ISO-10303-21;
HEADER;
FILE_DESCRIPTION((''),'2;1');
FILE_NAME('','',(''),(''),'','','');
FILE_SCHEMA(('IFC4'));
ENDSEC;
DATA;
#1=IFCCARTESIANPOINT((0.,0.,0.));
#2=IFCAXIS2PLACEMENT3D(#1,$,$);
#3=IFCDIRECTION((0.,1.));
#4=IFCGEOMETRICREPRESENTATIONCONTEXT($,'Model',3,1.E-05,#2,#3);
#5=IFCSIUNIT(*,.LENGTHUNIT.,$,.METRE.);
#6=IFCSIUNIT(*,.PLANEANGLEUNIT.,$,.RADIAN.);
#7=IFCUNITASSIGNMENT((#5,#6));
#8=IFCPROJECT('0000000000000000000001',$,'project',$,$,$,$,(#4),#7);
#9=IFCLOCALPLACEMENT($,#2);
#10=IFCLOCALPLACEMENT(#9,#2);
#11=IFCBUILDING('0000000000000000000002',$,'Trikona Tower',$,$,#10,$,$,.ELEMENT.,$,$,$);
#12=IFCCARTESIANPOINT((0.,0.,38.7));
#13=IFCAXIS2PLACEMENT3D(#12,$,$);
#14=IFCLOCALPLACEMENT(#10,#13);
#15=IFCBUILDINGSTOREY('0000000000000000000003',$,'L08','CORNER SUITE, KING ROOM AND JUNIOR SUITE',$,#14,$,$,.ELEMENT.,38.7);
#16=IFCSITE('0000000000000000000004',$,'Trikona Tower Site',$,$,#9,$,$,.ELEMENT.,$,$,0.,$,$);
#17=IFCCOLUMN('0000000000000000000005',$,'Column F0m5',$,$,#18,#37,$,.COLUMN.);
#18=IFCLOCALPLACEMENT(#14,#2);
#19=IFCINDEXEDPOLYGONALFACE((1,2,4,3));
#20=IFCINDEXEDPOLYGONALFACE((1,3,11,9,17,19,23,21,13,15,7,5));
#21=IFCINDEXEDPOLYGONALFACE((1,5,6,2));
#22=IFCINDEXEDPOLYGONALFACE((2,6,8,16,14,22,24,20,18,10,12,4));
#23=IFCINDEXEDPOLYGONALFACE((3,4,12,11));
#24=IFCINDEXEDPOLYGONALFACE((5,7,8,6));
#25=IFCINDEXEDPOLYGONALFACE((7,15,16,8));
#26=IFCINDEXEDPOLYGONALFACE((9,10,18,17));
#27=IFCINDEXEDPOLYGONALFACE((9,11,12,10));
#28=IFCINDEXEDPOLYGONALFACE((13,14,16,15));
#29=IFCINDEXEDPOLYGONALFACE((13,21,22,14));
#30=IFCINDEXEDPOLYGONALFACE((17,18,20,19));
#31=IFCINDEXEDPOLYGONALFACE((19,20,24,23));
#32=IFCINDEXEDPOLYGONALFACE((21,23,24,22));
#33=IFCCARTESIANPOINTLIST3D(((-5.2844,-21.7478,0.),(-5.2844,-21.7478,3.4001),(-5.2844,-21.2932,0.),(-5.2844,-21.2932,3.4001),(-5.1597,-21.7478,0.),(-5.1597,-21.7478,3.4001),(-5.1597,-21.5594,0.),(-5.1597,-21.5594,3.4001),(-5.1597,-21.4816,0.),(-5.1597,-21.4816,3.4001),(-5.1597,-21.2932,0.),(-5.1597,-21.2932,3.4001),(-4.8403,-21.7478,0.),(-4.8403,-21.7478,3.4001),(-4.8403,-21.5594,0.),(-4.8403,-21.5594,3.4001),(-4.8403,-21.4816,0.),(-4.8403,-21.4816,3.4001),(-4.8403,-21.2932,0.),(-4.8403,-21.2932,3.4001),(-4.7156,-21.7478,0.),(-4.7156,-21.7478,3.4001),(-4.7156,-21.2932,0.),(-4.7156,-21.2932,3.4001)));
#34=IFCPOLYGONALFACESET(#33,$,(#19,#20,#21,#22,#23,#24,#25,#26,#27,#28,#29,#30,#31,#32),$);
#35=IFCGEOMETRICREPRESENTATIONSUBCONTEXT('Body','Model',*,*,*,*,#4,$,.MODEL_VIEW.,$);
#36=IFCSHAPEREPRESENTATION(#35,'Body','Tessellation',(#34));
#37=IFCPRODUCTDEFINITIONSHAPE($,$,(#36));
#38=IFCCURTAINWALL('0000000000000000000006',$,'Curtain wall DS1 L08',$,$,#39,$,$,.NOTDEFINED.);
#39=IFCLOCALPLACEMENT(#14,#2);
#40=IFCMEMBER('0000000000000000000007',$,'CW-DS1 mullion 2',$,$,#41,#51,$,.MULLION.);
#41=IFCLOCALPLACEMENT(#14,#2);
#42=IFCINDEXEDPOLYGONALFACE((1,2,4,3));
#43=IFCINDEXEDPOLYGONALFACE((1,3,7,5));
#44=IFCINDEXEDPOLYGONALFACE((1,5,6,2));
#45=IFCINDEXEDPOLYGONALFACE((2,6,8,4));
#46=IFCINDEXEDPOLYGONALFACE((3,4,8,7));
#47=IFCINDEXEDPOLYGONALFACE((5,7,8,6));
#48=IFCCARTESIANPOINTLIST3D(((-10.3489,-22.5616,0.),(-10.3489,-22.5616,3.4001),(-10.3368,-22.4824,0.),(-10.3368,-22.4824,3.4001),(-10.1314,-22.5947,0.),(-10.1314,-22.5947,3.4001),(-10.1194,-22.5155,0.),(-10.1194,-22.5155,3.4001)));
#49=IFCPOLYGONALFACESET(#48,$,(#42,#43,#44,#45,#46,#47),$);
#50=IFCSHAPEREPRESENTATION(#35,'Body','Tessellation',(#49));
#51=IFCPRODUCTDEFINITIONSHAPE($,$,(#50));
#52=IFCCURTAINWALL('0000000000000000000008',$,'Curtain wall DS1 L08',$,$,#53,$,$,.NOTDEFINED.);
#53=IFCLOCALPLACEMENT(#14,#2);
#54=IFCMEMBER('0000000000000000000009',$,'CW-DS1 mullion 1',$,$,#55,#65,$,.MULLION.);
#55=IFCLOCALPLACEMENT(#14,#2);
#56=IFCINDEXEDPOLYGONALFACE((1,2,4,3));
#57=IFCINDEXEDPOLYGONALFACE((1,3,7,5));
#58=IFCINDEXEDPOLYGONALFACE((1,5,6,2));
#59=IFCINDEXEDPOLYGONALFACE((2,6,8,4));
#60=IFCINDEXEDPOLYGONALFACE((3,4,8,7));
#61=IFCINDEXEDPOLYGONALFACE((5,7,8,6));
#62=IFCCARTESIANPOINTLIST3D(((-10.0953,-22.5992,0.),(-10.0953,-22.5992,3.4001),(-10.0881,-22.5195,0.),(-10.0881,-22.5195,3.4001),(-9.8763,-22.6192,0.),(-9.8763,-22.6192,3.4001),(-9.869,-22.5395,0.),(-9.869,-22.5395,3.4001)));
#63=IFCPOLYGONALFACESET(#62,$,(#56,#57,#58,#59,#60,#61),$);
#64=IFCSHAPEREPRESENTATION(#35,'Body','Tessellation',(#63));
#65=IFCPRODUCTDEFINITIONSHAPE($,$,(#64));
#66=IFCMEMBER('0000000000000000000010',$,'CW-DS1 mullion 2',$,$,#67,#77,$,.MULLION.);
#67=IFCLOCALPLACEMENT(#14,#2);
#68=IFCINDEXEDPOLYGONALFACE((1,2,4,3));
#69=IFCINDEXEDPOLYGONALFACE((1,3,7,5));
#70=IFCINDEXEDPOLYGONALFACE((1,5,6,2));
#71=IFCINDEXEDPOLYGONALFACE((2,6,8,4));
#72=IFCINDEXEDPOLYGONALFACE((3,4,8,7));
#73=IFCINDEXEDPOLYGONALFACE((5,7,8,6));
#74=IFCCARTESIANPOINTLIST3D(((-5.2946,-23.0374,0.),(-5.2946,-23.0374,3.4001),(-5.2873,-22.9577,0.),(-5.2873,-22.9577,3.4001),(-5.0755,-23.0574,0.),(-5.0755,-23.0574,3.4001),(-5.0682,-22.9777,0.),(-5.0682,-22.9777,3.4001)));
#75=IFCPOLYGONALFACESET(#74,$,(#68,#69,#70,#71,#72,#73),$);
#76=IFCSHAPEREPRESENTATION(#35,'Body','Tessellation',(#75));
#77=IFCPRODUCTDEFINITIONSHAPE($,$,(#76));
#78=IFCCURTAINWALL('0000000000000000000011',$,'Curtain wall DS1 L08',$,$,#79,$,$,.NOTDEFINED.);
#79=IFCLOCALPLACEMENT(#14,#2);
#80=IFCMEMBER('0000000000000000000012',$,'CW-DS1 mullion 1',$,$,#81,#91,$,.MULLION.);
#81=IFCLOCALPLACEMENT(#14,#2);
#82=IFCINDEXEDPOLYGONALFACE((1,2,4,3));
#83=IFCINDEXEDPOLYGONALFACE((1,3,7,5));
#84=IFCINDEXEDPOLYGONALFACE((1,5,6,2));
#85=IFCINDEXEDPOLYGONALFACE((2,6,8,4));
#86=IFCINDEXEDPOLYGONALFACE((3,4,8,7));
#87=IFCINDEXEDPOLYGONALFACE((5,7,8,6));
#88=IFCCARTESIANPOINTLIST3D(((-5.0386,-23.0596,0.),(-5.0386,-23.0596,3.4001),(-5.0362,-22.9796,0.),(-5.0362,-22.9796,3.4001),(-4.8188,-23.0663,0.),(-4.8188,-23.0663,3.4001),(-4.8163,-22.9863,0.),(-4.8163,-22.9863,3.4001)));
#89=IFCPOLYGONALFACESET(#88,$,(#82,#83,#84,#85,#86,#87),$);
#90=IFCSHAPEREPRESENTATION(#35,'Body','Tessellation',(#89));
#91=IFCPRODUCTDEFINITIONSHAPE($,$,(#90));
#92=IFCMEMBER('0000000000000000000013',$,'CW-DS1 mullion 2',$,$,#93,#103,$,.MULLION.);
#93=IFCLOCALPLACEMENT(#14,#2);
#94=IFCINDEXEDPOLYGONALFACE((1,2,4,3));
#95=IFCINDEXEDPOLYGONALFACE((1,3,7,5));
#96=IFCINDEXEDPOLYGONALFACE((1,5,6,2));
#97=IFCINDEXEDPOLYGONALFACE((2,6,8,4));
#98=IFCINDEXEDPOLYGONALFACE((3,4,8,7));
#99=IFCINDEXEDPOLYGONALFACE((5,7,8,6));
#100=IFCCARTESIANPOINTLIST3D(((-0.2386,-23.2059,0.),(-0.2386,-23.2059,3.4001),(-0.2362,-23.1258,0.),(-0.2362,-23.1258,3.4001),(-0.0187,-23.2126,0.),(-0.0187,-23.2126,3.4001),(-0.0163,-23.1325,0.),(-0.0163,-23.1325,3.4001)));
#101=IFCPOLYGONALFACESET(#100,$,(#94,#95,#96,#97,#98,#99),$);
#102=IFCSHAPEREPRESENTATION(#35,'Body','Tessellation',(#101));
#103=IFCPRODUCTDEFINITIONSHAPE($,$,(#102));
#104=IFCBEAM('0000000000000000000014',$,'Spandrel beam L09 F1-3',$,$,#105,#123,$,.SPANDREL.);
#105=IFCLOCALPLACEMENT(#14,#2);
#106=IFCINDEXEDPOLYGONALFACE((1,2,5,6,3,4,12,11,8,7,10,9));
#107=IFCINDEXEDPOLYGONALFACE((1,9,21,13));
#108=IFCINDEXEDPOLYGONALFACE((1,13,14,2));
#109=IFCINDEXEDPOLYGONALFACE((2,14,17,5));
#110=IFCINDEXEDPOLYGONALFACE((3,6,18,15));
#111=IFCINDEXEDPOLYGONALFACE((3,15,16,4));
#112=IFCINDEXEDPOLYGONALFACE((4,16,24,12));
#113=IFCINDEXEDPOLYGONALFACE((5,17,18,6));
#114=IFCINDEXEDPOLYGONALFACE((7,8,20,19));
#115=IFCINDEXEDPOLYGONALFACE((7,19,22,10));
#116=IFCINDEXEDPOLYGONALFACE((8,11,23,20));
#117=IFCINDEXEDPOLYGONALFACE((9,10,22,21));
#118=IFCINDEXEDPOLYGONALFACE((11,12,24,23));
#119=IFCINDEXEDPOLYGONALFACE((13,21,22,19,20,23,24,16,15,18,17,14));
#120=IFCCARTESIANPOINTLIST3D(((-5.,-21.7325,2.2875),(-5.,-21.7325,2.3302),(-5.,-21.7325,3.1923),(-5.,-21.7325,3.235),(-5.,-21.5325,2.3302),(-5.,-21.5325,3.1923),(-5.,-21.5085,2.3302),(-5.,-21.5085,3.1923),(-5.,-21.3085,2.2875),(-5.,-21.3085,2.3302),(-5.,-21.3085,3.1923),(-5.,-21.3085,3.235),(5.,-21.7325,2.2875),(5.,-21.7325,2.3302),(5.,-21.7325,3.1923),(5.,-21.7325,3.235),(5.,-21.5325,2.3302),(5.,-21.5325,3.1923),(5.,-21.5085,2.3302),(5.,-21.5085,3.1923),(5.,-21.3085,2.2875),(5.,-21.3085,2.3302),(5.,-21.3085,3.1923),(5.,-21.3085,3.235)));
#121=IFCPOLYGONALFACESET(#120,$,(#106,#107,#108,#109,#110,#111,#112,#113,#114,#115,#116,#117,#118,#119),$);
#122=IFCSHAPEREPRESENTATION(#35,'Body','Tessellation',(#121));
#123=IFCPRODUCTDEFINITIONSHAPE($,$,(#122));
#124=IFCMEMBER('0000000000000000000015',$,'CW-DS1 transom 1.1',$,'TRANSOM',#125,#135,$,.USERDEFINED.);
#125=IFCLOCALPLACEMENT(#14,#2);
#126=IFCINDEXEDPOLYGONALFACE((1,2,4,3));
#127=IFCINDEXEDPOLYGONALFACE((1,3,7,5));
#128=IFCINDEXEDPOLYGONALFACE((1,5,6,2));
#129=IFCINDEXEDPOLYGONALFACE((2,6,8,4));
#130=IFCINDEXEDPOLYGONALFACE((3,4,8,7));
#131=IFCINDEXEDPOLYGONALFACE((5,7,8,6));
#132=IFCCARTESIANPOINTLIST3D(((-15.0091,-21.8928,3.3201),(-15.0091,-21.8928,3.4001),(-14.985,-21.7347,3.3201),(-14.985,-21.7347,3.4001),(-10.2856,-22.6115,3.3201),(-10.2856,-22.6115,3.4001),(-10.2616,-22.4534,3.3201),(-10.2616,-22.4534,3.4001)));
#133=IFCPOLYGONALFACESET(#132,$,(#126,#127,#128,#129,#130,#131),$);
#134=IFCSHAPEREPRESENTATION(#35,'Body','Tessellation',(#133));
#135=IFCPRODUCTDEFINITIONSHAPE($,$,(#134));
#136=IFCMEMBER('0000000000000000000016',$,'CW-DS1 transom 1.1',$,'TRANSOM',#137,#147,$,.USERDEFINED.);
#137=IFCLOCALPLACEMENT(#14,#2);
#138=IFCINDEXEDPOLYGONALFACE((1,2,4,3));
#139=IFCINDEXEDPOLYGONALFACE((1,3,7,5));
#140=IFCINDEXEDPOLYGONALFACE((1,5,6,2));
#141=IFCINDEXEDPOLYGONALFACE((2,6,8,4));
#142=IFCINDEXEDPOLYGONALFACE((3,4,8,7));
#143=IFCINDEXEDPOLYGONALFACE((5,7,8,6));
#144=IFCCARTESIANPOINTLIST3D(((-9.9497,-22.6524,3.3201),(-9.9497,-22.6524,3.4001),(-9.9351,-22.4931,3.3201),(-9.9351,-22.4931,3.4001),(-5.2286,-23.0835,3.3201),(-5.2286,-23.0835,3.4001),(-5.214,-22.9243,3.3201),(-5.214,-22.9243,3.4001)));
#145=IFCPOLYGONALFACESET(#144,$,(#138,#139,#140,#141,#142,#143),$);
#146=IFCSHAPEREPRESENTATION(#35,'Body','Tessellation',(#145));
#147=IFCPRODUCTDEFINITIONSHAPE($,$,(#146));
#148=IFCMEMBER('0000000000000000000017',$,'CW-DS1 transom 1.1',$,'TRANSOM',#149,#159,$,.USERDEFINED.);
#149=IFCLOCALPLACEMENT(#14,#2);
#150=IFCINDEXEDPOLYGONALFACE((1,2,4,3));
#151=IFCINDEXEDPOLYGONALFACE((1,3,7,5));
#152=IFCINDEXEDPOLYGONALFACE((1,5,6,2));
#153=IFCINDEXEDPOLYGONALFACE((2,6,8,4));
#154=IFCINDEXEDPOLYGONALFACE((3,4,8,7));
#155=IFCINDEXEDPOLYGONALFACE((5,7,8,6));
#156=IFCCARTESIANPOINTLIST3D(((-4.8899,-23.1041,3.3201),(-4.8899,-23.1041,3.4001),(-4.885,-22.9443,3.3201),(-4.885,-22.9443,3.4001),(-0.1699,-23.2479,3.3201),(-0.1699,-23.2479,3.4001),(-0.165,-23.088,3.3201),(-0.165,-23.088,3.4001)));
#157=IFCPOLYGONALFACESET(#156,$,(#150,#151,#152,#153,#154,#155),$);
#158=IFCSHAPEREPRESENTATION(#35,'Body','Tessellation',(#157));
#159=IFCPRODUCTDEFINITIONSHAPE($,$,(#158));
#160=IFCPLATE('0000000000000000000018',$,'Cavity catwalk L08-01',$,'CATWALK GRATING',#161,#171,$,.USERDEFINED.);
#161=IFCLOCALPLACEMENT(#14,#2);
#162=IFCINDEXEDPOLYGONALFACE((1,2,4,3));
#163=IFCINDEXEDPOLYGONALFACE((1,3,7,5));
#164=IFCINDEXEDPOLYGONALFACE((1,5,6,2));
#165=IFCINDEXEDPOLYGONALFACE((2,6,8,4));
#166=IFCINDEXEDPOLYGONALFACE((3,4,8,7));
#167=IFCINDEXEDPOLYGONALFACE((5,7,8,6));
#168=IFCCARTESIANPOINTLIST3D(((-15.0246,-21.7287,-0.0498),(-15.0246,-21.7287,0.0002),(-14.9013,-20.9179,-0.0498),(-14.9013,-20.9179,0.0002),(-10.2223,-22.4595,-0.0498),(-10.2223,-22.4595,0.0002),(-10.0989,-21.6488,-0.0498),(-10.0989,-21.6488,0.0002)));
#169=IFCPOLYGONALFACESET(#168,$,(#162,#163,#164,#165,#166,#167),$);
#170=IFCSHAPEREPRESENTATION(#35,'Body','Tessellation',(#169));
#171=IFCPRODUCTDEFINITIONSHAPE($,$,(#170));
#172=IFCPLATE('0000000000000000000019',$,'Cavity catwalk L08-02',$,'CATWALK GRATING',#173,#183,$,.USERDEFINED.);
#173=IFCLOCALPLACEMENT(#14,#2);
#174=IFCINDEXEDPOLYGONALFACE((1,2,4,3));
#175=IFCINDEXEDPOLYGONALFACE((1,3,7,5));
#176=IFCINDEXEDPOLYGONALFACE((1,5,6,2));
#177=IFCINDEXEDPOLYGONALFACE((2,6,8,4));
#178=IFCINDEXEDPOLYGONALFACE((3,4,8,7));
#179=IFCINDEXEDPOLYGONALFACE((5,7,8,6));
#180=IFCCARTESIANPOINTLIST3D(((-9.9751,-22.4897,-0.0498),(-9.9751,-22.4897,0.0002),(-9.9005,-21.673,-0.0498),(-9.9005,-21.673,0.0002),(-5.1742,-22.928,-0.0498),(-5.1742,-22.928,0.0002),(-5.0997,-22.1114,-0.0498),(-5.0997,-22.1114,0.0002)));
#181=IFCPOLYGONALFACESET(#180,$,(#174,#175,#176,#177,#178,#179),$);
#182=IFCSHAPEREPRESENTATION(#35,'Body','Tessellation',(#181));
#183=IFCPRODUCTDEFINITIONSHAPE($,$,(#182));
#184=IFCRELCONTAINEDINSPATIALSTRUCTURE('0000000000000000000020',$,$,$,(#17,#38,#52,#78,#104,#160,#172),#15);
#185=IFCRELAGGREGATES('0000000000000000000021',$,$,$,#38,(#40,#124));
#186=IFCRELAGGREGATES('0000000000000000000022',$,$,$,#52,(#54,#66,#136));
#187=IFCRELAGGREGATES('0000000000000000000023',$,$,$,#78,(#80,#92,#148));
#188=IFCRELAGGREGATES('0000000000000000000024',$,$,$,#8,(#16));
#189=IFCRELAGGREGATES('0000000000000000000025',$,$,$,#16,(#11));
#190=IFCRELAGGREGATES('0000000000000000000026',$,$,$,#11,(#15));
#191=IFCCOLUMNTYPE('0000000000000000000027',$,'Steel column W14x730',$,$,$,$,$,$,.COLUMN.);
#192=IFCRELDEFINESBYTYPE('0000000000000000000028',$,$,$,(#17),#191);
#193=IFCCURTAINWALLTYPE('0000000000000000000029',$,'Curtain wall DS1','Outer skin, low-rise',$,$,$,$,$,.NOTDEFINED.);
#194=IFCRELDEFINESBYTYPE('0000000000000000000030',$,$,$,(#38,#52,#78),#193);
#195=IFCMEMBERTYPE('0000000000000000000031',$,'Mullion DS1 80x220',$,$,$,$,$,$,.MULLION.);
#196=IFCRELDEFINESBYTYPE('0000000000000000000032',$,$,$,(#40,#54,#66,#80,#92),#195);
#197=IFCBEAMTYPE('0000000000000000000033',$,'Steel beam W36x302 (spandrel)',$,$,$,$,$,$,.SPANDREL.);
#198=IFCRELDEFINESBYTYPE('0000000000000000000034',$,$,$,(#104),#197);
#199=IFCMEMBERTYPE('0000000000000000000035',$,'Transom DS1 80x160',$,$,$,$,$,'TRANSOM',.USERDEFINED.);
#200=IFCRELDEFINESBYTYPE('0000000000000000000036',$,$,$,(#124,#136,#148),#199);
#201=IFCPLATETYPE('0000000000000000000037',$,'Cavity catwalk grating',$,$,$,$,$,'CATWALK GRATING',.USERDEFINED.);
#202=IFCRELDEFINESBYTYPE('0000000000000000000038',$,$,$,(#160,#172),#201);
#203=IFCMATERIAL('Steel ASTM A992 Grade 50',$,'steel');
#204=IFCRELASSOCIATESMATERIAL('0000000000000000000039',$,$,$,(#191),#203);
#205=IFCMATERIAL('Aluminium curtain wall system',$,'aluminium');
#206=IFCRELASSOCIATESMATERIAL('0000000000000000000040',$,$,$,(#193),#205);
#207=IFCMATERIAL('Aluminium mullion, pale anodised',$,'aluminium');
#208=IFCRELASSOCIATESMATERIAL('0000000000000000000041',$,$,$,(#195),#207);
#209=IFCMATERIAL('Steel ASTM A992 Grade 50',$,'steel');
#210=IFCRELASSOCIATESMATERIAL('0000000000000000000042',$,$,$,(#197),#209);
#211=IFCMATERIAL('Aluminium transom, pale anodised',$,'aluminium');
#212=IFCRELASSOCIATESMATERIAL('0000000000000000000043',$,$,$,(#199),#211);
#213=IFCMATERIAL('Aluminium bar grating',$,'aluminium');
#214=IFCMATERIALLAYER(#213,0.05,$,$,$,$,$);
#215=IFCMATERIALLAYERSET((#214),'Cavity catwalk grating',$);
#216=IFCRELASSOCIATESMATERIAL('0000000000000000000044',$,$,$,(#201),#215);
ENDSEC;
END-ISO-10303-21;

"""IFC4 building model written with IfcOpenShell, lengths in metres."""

from ifc_helpers import new_model, si_unit, direction, frame, origin, origin_2d, place, context, subcontext, project, spatial, rectangle, i_section, extrude, material, layer, layer_set, material_profile, profile_set, type_object, element, aggregate, save


model = new_model("IFC4")

# Units and contexts
model_context = context("Model", 3, precision=1e-05, world=origin(), true_north=direction((0.0, 1.0)))
body_context = subcontext(model_context, "Body", "Model", "MODEL_VIEW")
ifc_project = project(units=[si_unit("LENGTHUNIT", "METRE"), si_unit("PLANEANGLEUNIT", "RADIAN")], contexts=[model_context])

# Site, building, storey
site_placement = place(None, origin())
site = spatial("IfcSite", under=ifc_project, at=site_placement, Name="Trikona Tower Site", CompositionType="ELEMENT", RefElevation=0.0)
building_placement = place(site_placement, origin())
building = spatial("IfcBuilding", under=site, at=building_placement, Name="Trikona Tower", CompositionType="ELEMENT")
storey_placement = place(building_placement, frame((0.0, 0.0, 38.7)))
storey = spatial("IfcBuildingStorey", under=building, at=storey_placement, Name="L08", Description="CORNER SUITE, KING ROOM AND JUNIOR SUITE", CompositionType="ELEMENT", Elevation=38.7)

# Column
ifc_material_1 = material(Name="Steel ASTM A992 Grade 50", Category="steel")
ifc_material_profile_1 = material_profile(ifc_material_1, i_section(OverallWidth=0.4546, OverallDepth=0.5688, WebThickness=0.0779, FlangeThickness=0.1248, at=origin_2d()), Name="W14X730")
ifc_profile_set_1 = profile_set([ifc_material_profile_1], Name="Steel ASTM A992 Grade 50")
column_type = type_object("IfcColumnType", Name="Steel column W14x730", PredefinedType="COLUMN", material=ifc_profile_set_1)
column_placement = place(storey_placement, frame((-5.0, -21.5205, 0.0), z_axis=(0.0, 0.0, 1.0), x_axis=(0.0, -1.0, 0.0)))
element("IfcColumn", 1, at=column_placement, inside=storey, type_object=column_type, Name="Column F0m5", PredefinedType="COLUMN", context=body_context, shape_type="SweptSolid", body=[
    extrude(i_section(OverallWidth=0.4546, OverallDepth=0.5688, WebThickness=0.0779, FlangeThickness=0.1248, at=origin_2d()), origin(), (0.0, 0.0, 1.0), 3.4001),
])

# Curtain wall, member
ifc_material_2 = material(Name="Aluminium curtain wall system", Category="aluminium")
curtain_wall_type = type_object("IfcCurtainWallType", Name="Curtain wall DS1", Description="Outer skin, low-rise", PredefinedType="NOTDEFINED", material=ifc_material_2)
curtain_wall_1_placement = place(storey_placement, origin())
curtain_wall_1 = element("IfcCurtainWall", 2, at=curtain_wall_1_placement, inside=storey, type_object=curtain_wall_type, Name="Curtain wall DS1 L08", PredefinedType="NOTDEFINED")
ifc_material_3 = material(Name="Aluminium mullion, pale anodised", Category="aluminium")
ifc_material_profile_2 = material_profile(ifc_material_3, rectangle(XDim=0.0801, YDim=0.22, at=origin_2d()), Name="MUL-DS1")
ifc_profile_set_2 = profile_set([ifc_material_profile_2], Name="Aluminium mullion, pale anodised")
member_type_1 = type_object("IfcMemberType", Name="Mullion DS1 80x220", PredefinedType="MULLION", material=ifc_profile_set_2)
member_1_placement = place(storey_placement, frame((-10.2341, -22.5386, 0.0), z_axis=(0.0, 0.0, 1.0), x_axis=(0.150438, 0.988619, 0.0)))
member_1 = element("IfcMember", 3, at=member_1_placement, type_object=member_type_1, Name="CW-DS1 mullion 2", PredefinedType="MULLION", context=body_context, shape_type="SweptSolid", body=[
    extrude(rectangle(XDim=0.0801, YDim=0.22, at=origin_2d()), origin(), (0.0, 0.0, 1.0), 3.4001),
])

# Curtain walls, members
curtain_wall_2_placement = place(storey_placement, origin())
curtain_wall_2 = element("IfcCurtainWall", 4, at=curtain_wall_2_placement, inside=storey, type_object=curtain_wall_type, Name="Curtain wall DS1 L08", PredefinedType="NOTDEFINED")
member_2_placement = place(storey_placement, frame((-9.9822, -22.5693, 0.0), z_axis=(0.0, 0.0, 1.0), x_axis=(0.090924, 0.995858, 0.0)))
member_2 = element("IfcMember", 5, at=member_2_placement, type_object=member_type_1, Name="CW-DS1 mullion 1", PredefinedType="MULLION", context=body_context, shape_type="SweptSolid", body=[
    extrude(rectangle(XDim=0.0801, YDim=0.22, at=origin_2d()), origin(), (0.0, 0.0, 1.0), 3.4001),
])
member_3_placement = place(storey_placement, frame((-5.1814, -23.0076, 0.0), z_axis=(0.0, 0.0, 1.0), x_axis=(0.090924, 0.995858, 0.0)))
member_3 = element("IfcMember", 6, at=member_3_placement, type_object=member_type_1, Name="CW-DS1 mullion 2", PredefinedType="MULLION", context=body_context, shape_type="SweptSolid", body=[
    extrude(rectangle(XDim=0.0801, YDim=0.22, at=origin_2d()), origin(), (0.0, 0.0, 1.0), 3.4001),
])
curtain_wall_3_placement = place(storey_placement, origin())
curtain_wall_3 = element("IfcCurtainWall", 7, at=curtain_wall_3_placement, inside=storey, type_object=curtain_wall_type, Name="Curtain wall DS1 L08", PredefinedType="NOTDEFINED")
member_4_placement = place(storey_placement, frame((-4.9275, -23.0229, 0.0), z_axis=(0.0, 0.0, 1.0), x_axis=(0.030437, 0.999537, 0.0)))
member_4 = element("IfcMember", 8, at=member_4_placement, type_object=member_type_1, Name="CW-DS1 mullion 1", PredefinedType="MULLION", context=body_context, shape_type="SweptSolid", body=[
    extrude(rectangle(XDim=0.0801, YDim=0.22, at=origin_2d()), origin(), (0.0, 0.0, 1.0), 3.4001),
])
member_5_placement = place(storey_placement, frame((-0.1274, -23.1692, 0.0), z_axis=(0.0, 0.0, 1.0), x_axis=(0.030437, 0.999537, 0.0)))
member_5 = element("IfcMember", 9, at=member_5_placement, type_object=member_type_1, Name="CW-DS1 mullion 2", PredefinedType="MULLION", context=body_context, shape_type="SweptSolid", body=[
    extrude(rectangle(XDim=0.0801, YDim=0.22, at=origin_2d()), origin(), (0.0, 0.0, 1.0), 3.4001),
])

# Beam
ifc_material_4 = material(Name="Steel ASTM A992 Grade 50", Category="steel")
ifc_material_profile_3 = material_profile(ifc_material_4, i_section(OverallWidth=0.4241, OverallDepth=0.9475, WebThickness=0.0239, FlangeThickness=0.0427, at=origin_2d()), Name="W36X302")
ifc_profile_set_3 = profile_set([ifc_material_profile_3], Name="Steel ASTM A992 Grade 50")
beam_type = type_object("IfcBeamType", Name="Steel beam W36x302 (spandrel)", PredefinedType="SPANDREL", material=ifc_profile_set_3)
beam_placement = place(storey_placement, frame((-5.0, -21.5205, 2.7612), z_axis=(1.0, 0.0, 0.0), x_axis=(0.0, 1.0, 0.0)))
element("IfcBeam", 10, at=beam_placement, inside=storey, type_object=beam_type, Name="Spandrel beam L09 F1-3", PredefinedType="SPANDREL", context=body_context, shape_type="SweptSolid", body=[
    extrude(i_section(OverallWidth=0.4241, OverallDepth=0.9475, WebThickness=0.0239, FlangeThickness=0.0427, at=origin_2d()), origin(), (0.0, 0.0, 1.0), 10.0),
])

# Members
ifc_material_5 = material(Name="Aluminium transom, pale anodised", Category="aluminium")
ifc_material_profile_4 = material_profile(ifc_material_5, rectangle(XDim=0.1599, YDim=0.0801, at=origin_2d()), Name="TRN-DS1")
ifc_profile_set_4 = profile_set([ifc_material_profile_4], Name="Aluminium transom, pale anodised")
member_type_2 = type_object("IfcMemberType", Name="Transom DS1 80x160", ElementType="TRANSOM", PredefinedType="USERDEFINED", material=ifc_profile_set_4)
member_6_placement = place(storey_placement, frame((-14.9971, -21.8137, 3.3601), z_axis=(0.98862, -0.150437, 0.0), x_axis=(0.150437, 0.98862, 0.0)))
member_6 = element("IfcMember", 11, at=member_6_placement, type_object=member_type_2, Name="CW-DS1 transom 1.1", ObjectType="TRANSOM", PredefinedType="USERDEFINED", context=body_context, shape_type="SweptSolid", body=[
    extrude(rectangle(XDim=0.1599, YDim=0.0801, at=origin_2d()), origin(), (0.0, 0.0, 1.0), 4.7778),
])
member_7_placement = place(storey_placement, frame((-9.9424, -22.5728, 3.3601), z_axis=(0.995856, -0.090944, 0.0), x_axis=(0.090944, 0.995856, 0.0)))
member_7 = element("IfcMember", 12, at=member_7_placement, type_object=member_type_2, Name="CW-DS1 transom 1.1", ObjectType="TRANSOM", PredefinedType="USERDEFINED", context=body_context, shape_type="SweptSolid", body=[
    extrude(rectangle(XDim=0.1599, YDim=0.0801, at=origin_2d()), origin(), (0.0, 0.0, 1.0), 4.7407),
])
member_8_placement = place(storey_placement, frame((-4.8875, -23.0242, 3.3601), z_axis=(0.999536, -0.030452, 0.0), x_axis=(0.030452, 0.999536, 0.0)))
member_8 = element("IfcMember", 13, at=member_8_placement, type_object=member_type_2, Name="CW-DS1 transom 1.1", ObjectType="TRANSOM", PredefinedType="USERDEFINED", context=body_context, shape_type="SweptSolid", body=[
    extrude(rectangle(XDim=0.1599, YDim=0.0801, at=origin_2d()), origin(), (0.0, 0.0, 1.0), 4.7222),
])

# Plates
ifc_material_6 = material(Name="Aluminium bar grating", Category="aluminium")
ifc_layer_1 = layer(ifc_material_6, 0.05)
ifc_layer_set_1 = layer_set([ifc_layer_1], Name="Cavity catwalk grating")
plate_type_1 = type_object("IfcPlateType", Name="Cavity catwalk grating", ElementType="CATWALK GRATING", PredefinedType="USERDEFINED", material=ifc_layer_set_1)
plate_1_placement = place(storey_placement, frame((-12.5618, -21.6887, -0.0498), z_axis=(0.0, 0.0, 1.0), x_axis=(0.988618, -0.150448, 0.0)))
element("IfcPlate", 14, at=plate_1_placement, inside=storey, type_object=plate_type_1, Name="Cavity catwalk L08-01", ObjectType="CATWALK GRATING", PredefinedType="USERDEFINED", context=body_context, shape_type="SweptSolid", body=[
    extrude(rectangle(XDim=4.8577, YDim=0.8201, at=origin_2d()), origin(), (0.0, 0.0, 1.0), 0.05),
])
plate_2_placement = place(storey_placement, frame((-7.5374, -22.3005, -0.0498), z_axis=(0.0, 0.0, 1.0), x_axis=(0.995858, -0.090921, 0.0)))
element("IfcPlate", 15, at=plate_2_placement, inside=storey, type_object=plate_type_1, Name="Cavity catwalk L08-02", ObjectType="CATWALK GRATING", PredefinedType="USERDEFINED", context=body_context, shape_type="SweptSolid", body=[
    extrude(rectangle(XDim=4.8208, YDim=0.8201, at=origin_2d()), origin(), (0.0, 0.0, 1.0), 0.05),
])

aggregate(curtain_wall_1, [member_1, member_6])
aggregate(curtain_wall_2, [member_2, member_3, member_7])
aggregate(curtain_wall_3, [member_4, member_5, member_8])

save(model, "model.ifc")
